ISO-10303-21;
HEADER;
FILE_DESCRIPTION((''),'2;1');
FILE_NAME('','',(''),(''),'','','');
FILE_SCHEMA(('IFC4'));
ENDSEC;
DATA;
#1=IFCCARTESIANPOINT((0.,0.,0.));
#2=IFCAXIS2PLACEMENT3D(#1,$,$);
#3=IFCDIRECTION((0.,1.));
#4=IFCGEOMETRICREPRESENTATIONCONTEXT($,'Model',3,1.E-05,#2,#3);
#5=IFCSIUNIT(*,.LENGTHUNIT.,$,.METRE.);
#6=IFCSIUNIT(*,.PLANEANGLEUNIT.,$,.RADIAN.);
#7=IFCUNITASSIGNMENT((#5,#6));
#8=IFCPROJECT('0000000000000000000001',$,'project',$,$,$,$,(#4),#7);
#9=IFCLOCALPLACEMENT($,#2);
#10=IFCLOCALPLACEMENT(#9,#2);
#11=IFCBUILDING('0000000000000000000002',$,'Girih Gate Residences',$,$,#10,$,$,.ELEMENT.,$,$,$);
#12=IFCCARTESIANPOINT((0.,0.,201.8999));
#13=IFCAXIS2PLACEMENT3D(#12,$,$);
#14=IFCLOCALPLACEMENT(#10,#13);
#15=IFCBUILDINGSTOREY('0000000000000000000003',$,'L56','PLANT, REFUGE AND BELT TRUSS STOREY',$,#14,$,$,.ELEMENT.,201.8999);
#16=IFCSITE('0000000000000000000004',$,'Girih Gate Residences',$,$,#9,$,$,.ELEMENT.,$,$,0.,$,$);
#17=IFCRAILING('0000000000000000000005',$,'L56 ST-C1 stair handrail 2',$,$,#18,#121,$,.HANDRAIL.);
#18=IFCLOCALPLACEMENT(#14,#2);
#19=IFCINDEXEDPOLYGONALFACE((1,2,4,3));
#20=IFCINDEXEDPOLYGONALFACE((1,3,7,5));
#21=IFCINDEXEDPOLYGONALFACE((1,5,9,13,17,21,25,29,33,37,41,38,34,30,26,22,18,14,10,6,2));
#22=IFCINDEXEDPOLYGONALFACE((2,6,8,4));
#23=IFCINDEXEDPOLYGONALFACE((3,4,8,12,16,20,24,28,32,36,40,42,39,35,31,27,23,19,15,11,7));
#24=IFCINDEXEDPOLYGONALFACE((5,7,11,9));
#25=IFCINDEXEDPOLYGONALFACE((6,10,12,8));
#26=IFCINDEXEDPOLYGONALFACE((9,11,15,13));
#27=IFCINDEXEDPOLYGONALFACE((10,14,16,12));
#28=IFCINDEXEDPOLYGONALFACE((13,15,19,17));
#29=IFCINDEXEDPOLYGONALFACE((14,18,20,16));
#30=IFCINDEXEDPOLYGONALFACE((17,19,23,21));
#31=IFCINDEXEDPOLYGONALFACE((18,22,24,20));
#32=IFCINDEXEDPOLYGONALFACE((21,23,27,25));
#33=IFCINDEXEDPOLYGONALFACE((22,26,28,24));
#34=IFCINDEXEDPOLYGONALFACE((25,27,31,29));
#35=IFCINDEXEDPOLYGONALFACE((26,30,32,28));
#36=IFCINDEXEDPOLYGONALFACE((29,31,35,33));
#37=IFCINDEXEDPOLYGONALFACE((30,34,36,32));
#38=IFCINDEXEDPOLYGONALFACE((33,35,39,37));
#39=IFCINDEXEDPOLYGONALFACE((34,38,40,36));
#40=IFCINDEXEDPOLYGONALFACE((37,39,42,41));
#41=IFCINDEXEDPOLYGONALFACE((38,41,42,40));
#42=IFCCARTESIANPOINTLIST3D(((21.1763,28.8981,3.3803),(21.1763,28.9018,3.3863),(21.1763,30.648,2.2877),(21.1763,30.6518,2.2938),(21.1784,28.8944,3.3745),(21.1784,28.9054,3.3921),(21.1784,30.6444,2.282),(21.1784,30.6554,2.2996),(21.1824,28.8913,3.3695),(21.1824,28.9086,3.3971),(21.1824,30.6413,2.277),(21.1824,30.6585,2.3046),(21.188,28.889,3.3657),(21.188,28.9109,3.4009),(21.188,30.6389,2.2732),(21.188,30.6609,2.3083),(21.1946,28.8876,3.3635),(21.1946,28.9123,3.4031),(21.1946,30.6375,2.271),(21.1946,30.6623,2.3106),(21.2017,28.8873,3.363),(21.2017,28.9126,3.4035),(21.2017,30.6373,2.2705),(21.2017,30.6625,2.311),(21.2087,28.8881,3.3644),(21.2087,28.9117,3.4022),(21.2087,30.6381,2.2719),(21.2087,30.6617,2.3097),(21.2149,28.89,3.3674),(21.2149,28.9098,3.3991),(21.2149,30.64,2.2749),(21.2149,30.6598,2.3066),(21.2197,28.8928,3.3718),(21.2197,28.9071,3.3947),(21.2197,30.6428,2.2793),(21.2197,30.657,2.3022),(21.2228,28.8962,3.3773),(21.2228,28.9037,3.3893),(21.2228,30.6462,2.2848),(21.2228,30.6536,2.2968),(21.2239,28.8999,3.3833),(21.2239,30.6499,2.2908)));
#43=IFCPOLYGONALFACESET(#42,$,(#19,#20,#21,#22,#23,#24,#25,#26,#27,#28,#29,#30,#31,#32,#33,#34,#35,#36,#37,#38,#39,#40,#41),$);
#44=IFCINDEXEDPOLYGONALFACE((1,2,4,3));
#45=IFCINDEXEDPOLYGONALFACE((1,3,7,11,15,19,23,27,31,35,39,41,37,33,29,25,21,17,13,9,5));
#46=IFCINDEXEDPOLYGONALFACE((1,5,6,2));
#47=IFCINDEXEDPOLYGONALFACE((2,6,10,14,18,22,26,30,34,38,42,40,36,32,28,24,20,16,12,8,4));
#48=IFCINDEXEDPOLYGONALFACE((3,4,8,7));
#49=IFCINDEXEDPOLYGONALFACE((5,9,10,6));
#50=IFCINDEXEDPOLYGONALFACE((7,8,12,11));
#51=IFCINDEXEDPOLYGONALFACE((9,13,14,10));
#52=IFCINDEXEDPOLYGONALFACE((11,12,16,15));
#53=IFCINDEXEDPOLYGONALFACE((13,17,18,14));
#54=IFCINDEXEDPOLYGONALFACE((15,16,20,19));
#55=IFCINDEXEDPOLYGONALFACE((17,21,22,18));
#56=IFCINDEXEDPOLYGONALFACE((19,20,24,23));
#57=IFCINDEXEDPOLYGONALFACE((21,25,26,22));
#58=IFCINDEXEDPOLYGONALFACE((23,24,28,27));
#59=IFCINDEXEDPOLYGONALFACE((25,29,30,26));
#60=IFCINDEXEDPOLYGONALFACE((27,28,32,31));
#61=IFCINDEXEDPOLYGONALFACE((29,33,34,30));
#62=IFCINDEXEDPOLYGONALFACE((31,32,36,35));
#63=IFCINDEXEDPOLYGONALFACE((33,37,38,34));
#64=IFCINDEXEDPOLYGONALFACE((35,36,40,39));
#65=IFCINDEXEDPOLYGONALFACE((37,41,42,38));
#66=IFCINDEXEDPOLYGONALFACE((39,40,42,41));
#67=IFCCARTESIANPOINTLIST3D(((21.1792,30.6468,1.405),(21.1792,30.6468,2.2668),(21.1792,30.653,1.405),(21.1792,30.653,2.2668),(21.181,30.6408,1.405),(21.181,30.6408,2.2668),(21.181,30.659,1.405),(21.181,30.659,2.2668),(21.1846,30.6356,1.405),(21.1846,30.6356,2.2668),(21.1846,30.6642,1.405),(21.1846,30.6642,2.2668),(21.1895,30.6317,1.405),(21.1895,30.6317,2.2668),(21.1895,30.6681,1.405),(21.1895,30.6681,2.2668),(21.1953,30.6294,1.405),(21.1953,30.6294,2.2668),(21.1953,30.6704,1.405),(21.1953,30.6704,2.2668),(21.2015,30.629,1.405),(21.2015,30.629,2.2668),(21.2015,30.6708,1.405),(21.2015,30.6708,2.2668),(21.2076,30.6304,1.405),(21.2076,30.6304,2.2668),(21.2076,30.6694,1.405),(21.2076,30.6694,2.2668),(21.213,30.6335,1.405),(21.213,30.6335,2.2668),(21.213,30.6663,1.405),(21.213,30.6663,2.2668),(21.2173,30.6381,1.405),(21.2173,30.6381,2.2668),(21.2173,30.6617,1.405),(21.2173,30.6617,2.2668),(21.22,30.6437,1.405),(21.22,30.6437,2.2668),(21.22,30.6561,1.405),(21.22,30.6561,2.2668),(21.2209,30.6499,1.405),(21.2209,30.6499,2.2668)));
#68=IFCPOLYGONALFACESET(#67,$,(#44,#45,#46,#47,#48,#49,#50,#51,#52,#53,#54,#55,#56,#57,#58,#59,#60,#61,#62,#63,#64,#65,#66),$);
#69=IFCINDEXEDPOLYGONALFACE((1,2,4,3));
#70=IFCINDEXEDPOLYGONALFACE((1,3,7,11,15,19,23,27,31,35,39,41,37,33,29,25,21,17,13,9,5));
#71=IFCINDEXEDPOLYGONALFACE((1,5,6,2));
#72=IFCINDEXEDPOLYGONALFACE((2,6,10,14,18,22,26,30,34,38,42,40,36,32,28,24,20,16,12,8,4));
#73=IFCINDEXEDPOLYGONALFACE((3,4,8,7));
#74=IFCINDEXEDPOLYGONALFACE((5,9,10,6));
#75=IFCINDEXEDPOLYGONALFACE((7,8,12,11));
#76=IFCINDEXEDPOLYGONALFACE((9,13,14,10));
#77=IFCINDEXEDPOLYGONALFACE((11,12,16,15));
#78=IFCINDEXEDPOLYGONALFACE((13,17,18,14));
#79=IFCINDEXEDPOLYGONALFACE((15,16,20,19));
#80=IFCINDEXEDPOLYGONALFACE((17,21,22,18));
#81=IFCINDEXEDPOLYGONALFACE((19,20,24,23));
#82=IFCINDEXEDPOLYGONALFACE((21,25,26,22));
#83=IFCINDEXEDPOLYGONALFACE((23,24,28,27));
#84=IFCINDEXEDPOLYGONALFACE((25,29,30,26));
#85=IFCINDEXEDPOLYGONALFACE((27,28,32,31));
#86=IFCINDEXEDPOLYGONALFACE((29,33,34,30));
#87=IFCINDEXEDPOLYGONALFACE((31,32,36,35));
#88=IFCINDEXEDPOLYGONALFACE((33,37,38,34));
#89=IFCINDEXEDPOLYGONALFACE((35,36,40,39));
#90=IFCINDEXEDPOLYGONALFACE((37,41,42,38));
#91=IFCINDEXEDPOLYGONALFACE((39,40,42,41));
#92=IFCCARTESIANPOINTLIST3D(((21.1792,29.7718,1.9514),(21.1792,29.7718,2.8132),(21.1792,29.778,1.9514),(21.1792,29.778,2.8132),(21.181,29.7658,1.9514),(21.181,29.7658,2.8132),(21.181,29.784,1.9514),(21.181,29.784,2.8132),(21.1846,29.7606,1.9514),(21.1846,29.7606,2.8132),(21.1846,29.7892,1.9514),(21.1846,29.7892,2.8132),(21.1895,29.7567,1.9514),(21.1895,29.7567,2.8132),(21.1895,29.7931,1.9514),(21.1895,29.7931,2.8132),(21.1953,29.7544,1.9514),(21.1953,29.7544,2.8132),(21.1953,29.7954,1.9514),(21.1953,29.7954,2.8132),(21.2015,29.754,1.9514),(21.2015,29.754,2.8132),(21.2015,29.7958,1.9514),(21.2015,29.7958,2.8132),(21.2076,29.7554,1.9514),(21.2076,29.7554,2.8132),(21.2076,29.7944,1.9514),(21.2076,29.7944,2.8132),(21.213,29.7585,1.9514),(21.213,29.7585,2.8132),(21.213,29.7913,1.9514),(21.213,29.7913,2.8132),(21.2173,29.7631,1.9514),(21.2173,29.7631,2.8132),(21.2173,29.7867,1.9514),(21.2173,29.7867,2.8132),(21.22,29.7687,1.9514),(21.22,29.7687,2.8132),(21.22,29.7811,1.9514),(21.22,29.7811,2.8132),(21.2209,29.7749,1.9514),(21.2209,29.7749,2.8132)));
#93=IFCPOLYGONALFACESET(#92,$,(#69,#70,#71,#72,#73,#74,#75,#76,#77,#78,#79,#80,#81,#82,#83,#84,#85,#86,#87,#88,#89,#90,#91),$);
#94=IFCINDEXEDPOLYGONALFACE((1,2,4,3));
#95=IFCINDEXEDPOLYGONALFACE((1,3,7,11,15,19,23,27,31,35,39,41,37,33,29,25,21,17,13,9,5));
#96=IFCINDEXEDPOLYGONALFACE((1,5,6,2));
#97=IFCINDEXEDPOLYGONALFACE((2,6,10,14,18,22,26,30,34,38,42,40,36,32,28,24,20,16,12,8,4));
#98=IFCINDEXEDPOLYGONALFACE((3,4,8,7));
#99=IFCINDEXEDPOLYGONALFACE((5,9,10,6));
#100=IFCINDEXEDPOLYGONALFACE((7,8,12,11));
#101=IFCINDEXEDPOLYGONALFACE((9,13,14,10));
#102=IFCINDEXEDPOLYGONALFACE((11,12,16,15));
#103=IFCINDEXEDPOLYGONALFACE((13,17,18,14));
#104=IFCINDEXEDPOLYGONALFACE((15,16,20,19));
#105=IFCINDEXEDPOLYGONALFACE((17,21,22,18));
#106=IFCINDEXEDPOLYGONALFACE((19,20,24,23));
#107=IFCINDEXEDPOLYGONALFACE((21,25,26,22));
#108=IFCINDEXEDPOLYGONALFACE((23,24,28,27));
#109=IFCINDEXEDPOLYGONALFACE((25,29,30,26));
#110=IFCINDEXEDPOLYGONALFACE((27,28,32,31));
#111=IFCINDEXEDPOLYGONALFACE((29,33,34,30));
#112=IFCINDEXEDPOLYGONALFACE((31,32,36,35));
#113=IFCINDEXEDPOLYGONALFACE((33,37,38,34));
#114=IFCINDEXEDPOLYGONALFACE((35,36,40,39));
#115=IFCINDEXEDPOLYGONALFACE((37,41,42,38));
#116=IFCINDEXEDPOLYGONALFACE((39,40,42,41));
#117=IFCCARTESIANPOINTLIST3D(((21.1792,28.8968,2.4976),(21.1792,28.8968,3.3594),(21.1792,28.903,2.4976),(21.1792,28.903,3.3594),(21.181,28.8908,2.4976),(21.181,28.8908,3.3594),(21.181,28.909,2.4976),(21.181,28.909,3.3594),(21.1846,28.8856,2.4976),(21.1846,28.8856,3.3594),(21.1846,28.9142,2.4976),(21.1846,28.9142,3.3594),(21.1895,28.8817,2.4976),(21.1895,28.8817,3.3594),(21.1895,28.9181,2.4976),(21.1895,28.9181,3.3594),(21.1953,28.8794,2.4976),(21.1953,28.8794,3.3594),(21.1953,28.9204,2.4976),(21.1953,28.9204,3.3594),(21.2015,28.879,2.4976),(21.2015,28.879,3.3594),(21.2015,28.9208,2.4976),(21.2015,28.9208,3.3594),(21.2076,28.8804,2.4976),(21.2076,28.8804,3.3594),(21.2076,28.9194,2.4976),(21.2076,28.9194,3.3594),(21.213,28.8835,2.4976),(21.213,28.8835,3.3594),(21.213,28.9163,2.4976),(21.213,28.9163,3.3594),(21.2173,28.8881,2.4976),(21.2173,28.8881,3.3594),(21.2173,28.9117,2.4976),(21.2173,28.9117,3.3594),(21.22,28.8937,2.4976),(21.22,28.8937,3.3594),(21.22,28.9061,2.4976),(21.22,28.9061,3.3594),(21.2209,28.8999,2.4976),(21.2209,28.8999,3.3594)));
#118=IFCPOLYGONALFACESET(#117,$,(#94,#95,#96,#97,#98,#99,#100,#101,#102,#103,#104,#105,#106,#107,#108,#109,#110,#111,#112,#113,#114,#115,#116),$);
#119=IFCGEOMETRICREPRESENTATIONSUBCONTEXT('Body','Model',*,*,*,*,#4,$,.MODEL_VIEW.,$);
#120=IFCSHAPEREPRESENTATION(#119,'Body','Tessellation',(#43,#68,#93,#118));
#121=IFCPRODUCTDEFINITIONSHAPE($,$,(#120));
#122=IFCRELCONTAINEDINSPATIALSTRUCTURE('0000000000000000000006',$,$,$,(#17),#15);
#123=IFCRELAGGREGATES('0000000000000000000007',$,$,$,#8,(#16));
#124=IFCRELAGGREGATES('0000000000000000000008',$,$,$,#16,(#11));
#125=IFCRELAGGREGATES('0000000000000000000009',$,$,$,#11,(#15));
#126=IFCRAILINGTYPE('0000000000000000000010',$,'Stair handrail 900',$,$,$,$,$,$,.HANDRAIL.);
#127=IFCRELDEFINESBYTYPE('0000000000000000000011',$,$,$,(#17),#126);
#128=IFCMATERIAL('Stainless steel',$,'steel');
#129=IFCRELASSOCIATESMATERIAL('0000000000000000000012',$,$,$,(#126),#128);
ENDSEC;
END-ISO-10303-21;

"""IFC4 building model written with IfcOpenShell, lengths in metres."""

from ifc_helpers import new_model, si_unit, direction, frame, origin, origin_2d, place, context, subcontext, project, spatial, circle, extrude, material, type_object, element, save


model = new_model("IFC4")

# Units and contexts
model_context = context("Model", 3, precision=1e-05, world=origin(), true_north=direction((0.0, 1.0)))
body_context = subcontext(model_context, "Body", "Model", "MODEL_VIEW")
ifc_project = project(units=[si_unit("LENGTHUNIT", "METRE"), si_unit("PLANEANGLEUNIT", "RADIAN")], contexts=[model_context])

# Site, building, storey
site_placement = place(None, origin())
site = spatial("IfcSite", under=ifc_project, at=site_placement, Name="Girih Gate Residences", CompositionType="ELEMENT", RefElevation=0.0)
building_placement = place(site_placement, origin())
building = spatial("IfcBuilding", under=site, at=building_placement, Name="Girih Gate Residences", CompositionType="ELEMENT")
storey_placement = place(building_placement, frame((0.0, 0.0, 201.8999)))
storey = spatial("IfcBuildingStorey", under=building, at=storey_placement, Name="L56", Description="PLANT, REFUGE AND BELT TRUSS STOREY", CompositionType="ELEMENT", Elevation=201.8999)

# Railing
ifc_material_1 = material(Name="Stainless steel", Category="steel")
railing_type_1 = type_object("IfcRailingType", Name="Stair handrail 900", PredefinedType="HANDRAIL", material=ifc_material_1)
railing_1_placement = place(storey_placement, frame((21.2, 30.6499, 1.405)))
element("IfcRailing", 1, at=railing_1_placement, inside=storey, type_object=railing_type_1, Name="L56 ST-C1 stair handrail 2", PredefinedType="HANDRAIL", context=body_context, shape_type="SweptSolid", body=[
    extrude(circle(Radius=0.0239, at=origin_2d()), frame((0.0, 0.0, 0.8857), z_axis=(0.0, -0.848264, 0.529573), x_axis=(1.0, 0.0, 0.0)), (0.0, 0.0, 1.0), 2.063),
    extrude(circle(Radius=0.021, at=origin_2d()), origin(), (0.0, 0.0, 1.0), 0.8618),
    extrude(circle(Radius=0.021, at=origin_2d()), frame((0.0, -0.875, 0.5464)), (0.0, 0.0, 1.0), 0.8618),
    extrude(circle(Radius=0.021, at=origin_2d()), frame((0.0, -1.75, 1.0925)), (0.0, 0.0, 1.0), 0.8618),
])

save(model, "model.ifc")
